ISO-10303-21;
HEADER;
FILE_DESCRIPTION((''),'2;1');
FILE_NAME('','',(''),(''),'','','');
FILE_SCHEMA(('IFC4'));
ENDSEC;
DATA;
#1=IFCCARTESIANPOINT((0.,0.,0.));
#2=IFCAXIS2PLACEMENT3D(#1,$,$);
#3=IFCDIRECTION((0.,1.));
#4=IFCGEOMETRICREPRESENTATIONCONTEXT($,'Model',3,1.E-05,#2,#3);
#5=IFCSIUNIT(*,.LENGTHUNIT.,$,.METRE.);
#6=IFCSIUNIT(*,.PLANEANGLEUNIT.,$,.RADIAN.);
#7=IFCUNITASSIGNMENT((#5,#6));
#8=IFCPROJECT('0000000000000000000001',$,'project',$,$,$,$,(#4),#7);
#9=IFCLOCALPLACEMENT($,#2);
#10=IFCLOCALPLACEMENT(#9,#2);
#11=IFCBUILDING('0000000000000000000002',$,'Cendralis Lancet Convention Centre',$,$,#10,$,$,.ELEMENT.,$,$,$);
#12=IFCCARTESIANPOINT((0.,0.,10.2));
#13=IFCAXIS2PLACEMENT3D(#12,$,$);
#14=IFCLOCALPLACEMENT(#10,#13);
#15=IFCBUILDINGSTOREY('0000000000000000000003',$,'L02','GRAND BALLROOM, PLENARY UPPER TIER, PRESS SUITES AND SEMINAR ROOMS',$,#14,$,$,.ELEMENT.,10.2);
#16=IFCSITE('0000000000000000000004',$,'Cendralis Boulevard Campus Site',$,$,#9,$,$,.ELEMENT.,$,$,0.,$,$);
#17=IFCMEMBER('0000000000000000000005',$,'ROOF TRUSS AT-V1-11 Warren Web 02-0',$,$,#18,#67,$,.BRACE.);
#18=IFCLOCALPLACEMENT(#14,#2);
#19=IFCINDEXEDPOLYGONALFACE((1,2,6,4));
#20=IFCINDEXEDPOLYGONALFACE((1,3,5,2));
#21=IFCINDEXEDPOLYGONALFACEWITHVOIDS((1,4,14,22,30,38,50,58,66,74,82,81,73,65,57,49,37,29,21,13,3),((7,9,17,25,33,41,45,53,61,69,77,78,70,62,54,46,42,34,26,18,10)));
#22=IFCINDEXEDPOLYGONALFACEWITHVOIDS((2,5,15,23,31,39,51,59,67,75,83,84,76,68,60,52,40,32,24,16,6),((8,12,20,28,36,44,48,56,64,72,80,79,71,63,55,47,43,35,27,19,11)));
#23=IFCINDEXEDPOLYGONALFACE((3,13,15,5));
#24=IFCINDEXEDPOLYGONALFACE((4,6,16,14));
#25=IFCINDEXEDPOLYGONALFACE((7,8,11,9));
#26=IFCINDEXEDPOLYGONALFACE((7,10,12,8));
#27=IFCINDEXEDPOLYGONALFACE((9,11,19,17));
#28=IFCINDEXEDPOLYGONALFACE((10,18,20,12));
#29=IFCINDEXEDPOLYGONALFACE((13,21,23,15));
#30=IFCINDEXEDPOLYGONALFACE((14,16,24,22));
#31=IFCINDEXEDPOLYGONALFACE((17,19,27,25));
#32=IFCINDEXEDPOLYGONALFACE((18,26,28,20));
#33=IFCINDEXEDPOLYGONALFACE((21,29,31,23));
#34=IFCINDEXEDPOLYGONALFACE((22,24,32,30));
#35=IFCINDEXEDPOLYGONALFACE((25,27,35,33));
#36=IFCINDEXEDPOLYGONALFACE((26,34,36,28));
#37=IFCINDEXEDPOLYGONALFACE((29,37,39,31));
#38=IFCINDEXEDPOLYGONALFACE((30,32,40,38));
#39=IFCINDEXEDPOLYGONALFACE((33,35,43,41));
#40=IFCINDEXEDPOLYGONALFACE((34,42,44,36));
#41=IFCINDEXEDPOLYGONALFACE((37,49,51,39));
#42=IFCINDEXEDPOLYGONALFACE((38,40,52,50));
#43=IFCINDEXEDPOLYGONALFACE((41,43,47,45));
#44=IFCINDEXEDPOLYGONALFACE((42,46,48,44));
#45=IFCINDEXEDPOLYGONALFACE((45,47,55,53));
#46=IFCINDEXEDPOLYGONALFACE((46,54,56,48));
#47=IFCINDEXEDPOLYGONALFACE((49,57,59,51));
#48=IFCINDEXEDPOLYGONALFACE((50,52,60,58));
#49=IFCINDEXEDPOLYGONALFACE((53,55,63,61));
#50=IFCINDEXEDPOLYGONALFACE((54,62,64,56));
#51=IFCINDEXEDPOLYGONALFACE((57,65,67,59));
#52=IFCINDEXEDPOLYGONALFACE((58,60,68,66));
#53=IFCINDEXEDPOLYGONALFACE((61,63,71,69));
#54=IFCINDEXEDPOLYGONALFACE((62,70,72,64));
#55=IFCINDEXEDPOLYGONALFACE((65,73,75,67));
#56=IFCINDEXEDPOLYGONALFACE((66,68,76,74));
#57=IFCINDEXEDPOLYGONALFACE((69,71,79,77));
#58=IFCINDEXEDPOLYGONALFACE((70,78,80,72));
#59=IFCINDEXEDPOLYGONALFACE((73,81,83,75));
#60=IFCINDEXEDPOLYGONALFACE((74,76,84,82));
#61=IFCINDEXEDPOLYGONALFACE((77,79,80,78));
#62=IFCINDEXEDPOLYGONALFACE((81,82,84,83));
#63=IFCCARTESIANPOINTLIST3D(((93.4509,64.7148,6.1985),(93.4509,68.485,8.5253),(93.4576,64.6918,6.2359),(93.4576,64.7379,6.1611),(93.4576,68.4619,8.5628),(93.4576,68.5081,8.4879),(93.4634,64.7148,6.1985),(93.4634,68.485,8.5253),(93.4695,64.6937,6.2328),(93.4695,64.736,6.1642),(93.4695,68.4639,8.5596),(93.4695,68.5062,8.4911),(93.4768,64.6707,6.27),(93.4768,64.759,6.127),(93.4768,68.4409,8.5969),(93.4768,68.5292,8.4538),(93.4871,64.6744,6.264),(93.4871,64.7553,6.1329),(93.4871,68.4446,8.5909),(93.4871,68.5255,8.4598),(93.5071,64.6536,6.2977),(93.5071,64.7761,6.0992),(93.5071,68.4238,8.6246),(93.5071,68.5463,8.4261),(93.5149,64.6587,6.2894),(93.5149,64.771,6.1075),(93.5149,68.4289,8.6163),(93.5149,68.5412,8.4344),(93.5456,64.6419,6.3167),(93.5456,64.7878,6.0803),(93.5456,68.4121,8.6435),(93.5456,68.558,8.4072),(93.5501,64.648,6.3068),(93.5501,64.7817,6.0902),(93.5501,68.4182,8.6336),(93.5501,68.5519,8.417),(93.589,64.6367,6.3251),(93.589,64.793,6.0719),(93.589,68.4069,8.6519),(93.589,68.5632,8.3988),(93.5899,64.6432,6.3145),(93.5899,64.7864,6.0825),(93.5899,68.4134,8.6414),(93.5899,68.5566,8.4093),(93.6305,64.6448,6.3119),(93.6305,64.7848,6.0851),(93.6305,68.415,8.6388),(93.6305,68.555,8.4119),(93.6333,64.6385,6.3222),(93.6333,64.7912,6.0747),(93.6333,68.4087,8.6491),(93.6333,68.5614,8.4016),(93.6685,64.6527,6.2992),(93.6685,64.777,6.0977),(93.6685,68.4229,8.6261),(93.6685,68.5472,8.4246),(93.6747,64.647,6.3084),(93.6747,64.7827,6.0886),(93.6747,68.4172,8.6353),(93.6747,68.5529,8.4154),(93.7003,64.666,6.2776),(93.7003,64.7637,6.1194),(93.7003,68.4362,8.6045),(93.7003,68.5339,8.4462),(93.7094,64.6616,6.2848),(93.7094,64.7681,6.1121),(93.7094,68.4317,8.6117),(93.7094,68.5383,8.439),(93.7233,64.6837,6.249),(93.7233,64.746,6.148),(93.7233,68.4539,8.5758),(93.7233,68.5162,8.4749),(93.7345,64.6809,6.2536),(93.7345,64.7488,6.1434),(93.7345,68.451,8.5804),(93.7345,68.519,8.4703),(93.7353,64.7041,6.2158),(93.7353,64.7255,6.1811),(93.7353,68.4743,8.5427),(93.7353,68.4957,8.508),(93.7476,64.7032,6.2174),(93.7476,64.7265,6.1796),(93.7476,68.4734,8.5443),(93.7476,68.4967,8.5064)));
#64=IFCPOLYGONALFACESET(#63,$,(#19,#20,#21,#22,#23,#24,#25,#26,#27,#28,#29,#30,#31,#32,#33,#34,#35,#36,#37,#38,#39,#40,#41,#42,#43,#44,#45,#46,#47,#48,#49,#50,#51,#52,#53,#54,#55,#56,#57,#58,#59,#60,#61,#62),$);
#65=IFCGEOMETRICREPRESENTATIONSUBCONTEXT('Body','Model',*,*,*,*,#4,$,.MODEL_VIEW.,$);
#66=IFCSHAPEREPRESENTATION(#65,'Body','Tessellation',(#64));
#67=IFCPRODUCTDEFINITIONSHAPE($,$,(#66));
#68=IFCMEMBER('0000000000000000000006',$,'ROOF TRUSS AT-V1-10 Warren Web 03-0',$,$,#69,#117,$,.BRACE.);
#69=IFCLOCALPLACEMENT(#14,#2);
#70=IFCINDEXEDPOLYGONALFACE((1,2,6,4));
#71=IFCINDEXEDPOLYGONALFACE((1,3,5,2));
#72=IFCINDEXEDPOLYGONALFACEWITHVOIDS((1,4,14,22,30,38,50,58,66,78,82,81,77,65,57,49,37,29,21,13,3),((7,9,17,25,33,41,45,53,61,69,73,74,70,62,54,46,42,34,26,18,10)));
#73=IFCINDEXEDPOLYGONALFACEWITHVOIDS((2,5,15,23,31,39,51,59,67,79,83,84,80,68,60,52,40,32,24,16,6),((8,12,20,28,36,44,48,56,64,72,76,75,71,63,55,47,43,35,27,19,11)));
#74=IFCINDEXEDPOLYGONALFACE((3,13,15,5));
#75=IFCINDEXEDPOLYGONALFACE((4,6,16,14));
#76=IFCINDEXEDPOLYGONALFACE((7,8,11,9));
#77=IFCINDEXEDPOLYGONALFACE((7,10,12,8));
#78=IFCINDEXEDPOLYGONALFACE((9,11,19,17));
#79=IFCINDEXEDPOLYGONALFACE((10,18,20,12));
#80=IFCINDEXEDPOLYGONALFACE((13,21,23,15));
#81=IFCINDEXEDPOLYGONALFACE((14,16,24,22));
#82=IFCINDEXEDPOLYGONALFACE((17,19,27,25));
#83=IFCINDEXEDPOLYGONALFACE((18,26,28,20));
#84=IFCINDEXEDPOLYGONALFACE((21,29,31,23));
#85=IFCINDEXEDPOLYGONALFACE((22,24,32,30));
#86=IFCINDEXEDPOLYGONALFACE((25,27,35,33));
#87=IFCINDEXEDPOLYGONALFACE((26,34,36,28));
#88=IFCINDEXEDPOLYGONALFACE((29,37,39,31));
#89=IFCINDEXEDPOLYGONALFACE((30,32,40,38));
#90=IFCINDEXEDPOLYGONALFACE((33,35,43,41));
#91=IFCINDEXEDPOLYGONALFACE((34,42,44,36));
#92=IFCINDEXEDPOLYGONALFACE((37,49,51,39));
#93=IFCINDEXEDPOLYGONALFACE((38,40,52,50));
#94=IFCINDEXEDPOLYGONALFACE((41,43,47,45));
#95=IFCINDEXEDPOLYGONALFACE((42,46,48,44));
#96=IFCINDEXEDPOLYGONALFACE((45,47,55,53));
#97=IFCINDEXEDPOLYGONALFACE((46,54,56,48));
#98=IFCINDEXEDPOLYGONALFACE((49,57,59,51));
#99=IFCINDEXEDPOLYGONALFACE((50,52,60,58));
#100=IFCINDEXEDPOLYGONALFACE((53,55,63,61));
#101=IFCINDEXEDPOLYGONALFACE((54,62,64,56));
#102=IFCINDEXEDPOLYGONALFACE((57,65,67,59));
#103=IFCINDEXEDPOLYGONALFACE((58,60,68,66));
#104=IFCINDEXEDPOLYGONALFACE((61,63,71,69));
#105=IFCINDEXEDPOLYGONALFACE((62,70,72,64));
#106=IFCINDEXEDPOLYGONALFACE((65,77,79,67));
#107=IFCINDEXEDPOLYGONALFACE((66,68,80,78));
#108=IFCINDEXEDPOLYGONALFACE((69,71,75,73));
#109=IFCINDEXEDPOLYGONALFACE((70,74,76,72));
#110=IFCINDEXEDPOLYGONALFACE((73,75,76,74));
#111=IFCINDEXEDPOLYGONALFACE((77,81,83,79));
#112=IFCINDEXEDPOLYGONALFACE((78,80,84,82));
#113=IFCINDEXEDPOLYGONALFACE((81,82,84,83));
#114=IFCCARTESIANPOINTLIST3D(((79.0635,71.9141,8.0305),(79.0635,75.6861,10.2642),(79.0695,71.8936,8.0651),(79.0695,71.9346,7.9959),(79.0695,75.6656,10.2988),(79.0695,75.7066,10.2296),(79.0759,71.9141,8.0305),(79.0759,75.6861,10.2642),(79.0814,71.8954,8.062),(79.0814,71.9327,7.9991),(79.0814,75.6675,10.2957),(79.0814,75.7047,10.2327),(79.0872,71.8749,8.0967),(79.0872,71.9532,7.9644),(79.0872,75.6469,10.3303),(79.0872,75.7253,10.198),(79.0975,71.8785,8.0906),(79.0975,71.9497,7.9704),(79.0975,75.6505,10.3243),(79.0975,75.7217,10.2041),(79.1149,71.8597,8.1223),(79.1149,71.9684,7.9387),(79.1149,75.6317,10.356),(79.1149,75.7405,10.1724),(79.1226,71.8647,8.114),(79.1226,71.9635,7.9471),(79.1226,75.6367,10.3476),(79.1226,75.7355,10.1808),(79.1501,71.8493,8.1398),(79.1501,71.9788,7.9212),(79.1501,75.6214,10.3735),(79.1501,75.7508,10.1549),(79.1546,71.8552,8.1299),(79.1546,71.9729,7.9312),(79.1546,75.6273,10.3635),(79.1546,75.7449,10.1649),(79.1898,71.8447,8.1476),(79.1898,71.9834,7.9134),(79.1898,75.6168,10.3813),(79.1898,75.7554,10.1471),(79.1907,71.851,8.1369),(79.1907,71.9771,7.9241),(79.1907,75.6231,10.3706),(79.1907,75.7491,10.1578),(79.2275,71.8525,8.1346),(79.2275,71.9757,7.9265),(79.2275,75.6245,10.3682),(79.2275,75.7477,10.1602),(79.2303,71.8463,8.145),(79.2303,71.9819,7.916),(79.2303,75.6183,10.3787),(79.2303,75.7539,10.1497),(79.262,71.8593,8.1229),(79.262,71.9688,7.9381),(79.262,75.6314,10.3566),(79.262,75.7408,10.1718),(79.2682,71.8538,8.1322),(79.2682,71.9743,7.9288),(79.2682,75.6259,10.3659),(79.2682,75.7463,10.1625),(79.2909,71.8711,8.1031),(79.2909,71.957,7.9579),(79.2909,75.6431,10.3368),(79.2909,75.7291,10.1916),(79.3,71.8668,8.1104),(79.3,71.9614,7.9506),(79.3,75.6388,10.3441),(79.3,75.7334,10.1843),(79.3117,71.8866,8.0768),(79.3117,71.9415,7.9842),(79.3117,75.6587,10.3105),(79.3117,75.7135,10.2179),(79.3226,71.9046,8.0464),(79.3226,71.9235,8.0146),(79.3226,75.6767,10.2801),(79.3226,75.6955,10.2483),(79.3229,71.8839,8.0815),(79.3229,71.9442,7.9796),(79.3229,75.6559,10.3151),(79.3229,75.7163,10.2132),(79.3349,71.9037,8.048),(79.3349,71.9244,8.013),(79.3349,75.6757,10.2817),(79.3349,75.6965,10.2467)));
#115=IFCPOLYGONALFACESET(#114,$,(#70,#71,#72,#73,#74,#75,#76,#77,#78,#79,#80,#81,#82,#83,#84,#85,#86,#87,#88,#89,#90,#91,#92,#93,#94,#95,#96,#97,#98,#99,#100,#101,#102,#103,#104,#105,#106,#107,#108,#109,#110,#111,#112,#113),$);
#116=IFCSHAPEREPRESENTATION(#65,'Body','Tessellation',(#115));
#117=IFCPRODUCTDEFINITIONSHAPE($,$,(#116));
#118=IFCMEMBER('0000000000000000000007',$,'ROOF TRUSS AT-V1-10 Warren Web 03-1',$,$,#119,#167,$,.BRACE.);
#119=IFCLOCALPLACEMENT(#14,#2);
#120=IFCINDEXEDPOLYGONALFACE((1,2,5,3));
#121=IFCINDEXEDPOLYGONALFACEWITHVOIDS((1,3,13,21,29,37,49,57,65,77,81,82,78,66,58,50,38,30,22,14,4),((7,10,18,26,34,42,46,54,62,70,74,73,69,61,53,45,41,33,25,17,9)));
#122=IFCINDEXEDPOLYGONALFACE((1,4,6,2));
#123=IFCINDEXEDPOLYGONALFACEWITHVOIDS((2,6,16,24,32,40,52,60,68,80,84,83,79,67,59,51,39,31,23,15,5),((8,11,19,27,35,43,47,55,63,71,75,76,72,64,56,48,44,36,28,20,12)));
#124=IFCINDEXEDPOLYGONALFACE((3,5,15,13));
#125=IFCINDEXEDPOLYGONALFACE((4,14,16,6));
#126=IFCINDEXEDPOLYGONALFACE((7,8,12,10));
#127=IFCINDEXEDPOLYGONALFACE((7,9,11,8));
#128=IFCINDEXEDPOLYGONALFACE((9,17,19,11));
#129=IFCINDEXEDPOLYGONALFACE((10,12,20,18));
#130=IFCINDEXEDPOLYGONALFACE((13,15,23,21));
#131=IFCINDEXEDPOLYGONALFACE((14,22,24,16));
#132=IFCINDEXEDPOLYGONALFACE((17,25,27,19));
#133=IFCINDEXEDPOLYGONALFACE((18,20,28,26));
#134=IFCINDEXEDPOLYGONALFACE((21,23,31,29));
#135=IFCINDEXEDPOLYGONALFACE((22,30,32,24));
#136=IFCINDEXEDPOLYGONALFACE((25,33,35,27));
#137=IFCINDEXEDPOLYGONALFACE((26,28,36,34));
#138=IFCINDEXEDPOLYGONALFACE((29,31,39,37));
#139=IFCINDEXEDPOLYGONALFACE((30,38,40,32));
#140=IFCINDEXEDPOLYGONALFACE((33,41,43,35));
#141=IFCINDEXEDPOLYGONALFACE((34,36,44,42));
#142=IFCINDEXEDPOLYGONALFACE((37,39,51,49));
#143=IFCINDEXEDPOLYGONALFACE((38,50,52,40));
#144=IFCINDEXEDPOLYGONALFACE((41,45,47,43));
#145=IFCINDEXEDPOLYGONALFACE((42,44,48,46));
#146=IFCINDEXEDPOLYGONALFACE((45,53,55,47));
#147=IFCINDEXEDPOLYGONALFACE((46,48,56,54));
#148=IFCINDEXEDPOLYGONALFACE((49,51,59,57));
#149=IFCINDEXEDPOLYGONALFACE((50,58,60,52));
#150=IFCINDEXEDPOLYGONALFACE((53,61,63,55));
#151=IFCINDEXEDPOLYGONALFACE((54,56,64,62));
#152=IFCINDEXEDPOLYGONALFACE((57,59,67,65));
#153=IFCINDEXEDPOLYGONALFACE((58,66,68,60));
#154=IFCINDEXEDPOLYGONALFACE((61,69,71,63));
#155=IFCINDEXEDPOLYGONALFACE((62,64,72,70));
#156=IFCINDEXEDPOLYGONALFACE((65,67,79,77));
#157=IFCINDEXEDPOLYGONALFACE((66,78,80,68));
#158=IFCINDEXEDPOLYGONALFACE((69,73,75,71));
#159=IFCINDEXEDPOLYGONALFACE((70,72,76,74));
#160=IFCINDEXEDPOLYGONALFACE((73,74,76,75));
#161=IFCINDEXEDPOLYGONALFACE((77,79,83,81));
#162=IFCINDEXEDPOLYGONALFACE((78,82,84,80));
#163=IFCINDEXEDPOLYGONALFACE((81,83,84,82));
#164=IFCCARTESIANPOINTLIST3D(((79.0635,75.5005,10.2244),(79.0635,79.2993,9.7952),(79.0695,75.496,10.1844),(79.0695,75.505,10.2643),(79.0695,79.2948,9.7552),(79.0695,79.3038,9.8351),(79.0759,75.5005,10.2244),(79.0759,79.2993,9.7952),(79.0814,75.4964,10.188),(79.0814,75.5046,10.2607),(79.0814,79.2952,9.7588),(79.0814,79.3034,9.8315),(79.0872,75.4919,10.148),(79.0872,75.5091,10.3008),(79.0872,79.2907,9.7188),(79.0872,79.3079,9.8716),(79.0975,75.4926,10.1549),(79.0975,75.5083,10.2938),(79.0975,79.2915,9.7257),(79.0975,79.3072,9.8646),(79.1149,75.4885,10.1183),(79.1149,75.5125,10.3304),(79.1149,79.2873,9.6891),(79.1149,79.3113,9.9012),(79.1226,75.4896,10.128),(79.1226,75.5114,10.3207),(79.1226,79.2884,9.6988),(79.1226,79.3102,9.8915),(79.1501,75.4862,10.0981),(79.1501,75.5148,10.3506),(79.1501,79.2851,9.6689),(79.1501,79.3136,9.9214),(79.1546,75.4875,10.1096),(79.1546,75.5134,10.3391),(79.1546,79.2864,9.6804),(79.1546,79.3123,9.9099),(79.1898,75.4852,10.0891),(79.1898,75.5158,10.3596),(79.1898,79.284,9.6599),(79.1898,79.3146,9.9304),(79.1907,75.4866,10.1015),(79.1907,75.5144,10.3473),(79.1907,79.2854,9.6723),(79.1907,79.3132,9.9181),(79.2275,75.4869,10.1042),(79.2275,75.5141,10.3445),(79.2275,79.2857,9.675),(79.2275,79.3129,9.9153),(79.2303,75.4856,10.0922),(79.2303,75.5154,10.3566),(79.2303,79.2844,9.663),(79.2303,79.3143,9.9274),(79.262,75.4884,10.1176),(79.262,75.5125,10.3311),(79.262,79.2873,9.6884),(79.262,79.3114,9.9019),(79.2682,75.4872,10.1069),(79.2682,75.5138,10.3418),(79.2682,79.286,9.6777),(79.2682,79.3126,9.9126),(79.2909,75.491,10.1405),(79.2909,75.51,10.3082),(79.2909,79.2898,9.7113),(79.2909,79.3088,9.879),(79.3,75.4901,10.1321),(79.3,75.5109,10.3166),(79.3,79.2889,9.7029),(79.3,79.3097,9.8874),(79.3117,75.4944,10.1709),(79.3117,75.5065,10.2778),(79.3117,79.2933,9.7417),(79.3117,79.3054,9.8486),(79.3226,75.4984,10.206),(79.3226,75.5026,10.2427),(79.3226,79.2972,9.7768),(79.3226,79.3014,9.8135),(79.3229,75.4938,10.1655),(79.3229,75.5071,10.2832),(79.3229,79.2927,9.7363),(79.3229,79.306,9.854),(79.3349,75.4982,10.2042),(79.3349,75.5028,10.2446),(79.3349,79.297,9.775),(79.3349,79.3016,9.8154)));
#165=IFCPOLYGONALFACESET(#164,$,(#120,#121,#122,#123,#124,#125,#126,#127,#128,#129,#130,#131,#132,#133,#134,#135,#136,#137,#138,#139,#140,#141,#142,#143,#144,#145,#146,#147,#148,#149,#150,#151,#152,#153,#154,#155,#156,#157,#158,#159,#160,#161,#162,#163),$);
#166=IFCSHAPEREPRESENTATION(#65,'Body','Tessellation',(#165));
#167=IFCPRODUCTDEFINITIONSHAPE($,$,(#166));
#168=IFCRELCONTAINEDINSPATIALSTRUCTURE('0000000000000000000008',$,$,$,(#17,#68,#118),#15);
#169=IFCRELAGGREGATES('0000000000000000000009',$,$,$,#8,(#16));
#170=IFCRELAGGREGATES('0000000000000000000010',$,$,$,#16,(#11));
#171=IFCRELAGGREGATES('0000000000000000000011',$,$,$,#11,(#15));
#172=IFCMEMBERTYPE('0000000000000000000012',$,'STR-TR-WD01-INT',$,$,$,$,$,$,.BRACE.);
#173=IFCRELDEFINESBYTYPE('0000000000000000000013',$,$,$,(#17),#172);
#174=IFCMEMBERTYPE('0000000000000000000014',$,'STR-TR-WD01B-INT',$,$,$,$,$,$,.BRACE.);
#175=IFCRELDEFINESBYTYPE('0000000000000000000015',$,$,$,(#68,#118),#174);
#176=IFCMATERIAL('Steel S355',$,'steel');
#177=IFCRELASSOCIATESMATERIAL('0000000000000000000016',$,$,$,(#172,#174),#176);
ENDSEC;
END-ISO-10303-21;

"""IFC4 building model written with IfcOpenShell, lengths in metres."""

from ifc_helpers import new_model, si_unit, direction, frame, origin, origin_2d, place, context, subcontext, project, spatial, hollow_circle, extrude, material, material_profile, profile_set, type_object, element, save


model = new_model("IFC4")

# Units and contexts
model_context = context("Model", 3, precision=1e-05, world=origin(), true_north=direction((0.0, 1.0)))
body_context = subcontext(model_context, "Body", "Model", "MODEL_VIEW")
ifc_project = project(units=[si_unit("LENGTHUNIT", "METRE"), si_unit("PLANEANGLEUNIT", "RADIAN")], contexts=[model_context])

# Site, building, storey
site_placement = place(None, origin())
site = spatial("IfcSite", under=ifc_project, at=site_placement, Name="Cendralis Boulevard Campus Site", CompositionType="ELEMENT", RefElevation=0.0)
building_placement = place(site_placement, origin())
building = spatial("IfcBuilding", under=site, at=building_placement, Name="Cendralis Lancet Convention Centre", CompositionType="ELEMENT")
storey_placement = place(building_placement, frame((0.0, 0.0, 10.2)))
storey = spatial("IfcBuildingStorey", under=building, at=storey_placement, Name="L02", Description="GRAND BALLROOM, PLENARY UPPER TIER, PRESS SUITES AND SEMINAR ROOMS", CompositionType="ELEMENT", Elevation=10.2)

# Members
ifc_material = material(Name="Steel S355", Category="steel")
ifc_material_profile_1 = material_profile(ifc_material, hollow_circle(Radius=0.1492, WallThickness=0.0125, at=origin_2d()), Name="CHS 298.5x12.5")
ifc_profile_set_1 = profile_set([ifc_material_profile_1], Name="Steel S355")
member_type_1 = type_object("IfcMemberType", Name="STR-TR-WD01-INT", PredefinedType="BRACE", material=ifc_profile_set_1)
member_1_placement = place(storey_placement, frame((93.6001, 64.7148, 6.1985), z_axis=(0.0, 0.850978, 0.525201), x_axis=(-1.0, 0.0, 0.0)))
element("IfcMember", 1, at=member_1_placement, inside=storey, type_object=member_type_1, Name="ROOF TRUSS AT-V1-11 Warren Web 02-0", PredefinedType="BRACE", context=body_context, shape_type="SweptSolid", body=[
    extrude(hollow_circle(Radius=0.1492, WallThickness=0.0125, at=origin_2d()), origin(), (0.0, 0.0, 1.0), 4.4304),
])
ifc_material_profile_2 = material_profile(ifc_material, hollow_circle(Radius=0.1365, WallThickness=0.0125, at=origin_2d()), Name="CHS 273.0x12.5")
ifc_profile_set_2 = profile_set([ifc_material_profile_2], Name="Steel S355")
member_type_2 = type_object("IfcMemberType", Name="STR-TR-WD01B-INT", PredefinedType="BRACE", material=ifc_profile_set_2)
member_2_placement = place(storey_placement, frame((79.2, 71.9141, 8.0305), z_axis=(0.0, 0.860452, 0.509532), x_axis=(-1.0, 0.0, 0.0)))
element("IfcMember", 2, at=member_2_placement, inside=storey, type_object=member_type_2, Name="ROOF TRUSS AT-V1-10 Warren Web 03-0", PredefinedType="BRACE", context=body_context, shape_type="SweptSolid", body=[
    extrude(hollow_circle(Radius=0.1365, WallThickness=0.0125, at=origin_2d()), origin(), (0.0, 0.0, 1.0), 4.3838),
])
member_3_placement = place(storey_placement, frame((79.2, 75.5005, 10.2244), z_axis=(0.0, 0.993678, -0.112268), x_axis=(-1.0, 0.0, 0.0)))
element("IfcMember", 3, at=member_3_placement, inside=storey, type_object=member_type_2, Name="ROOF TRUSS AT-V1-10 Warren Web 03-1", PredefinedType="BRACE", context=body_context, shape_type="SweptSolid", body=[
    extrude(hollow_circle(Radius=0.1365, WallThickness=0.0125, at=origin_2d()), origin(), (0.0, 0.0, 1.0), 3.823),
])

save(model, "model.ifc")
